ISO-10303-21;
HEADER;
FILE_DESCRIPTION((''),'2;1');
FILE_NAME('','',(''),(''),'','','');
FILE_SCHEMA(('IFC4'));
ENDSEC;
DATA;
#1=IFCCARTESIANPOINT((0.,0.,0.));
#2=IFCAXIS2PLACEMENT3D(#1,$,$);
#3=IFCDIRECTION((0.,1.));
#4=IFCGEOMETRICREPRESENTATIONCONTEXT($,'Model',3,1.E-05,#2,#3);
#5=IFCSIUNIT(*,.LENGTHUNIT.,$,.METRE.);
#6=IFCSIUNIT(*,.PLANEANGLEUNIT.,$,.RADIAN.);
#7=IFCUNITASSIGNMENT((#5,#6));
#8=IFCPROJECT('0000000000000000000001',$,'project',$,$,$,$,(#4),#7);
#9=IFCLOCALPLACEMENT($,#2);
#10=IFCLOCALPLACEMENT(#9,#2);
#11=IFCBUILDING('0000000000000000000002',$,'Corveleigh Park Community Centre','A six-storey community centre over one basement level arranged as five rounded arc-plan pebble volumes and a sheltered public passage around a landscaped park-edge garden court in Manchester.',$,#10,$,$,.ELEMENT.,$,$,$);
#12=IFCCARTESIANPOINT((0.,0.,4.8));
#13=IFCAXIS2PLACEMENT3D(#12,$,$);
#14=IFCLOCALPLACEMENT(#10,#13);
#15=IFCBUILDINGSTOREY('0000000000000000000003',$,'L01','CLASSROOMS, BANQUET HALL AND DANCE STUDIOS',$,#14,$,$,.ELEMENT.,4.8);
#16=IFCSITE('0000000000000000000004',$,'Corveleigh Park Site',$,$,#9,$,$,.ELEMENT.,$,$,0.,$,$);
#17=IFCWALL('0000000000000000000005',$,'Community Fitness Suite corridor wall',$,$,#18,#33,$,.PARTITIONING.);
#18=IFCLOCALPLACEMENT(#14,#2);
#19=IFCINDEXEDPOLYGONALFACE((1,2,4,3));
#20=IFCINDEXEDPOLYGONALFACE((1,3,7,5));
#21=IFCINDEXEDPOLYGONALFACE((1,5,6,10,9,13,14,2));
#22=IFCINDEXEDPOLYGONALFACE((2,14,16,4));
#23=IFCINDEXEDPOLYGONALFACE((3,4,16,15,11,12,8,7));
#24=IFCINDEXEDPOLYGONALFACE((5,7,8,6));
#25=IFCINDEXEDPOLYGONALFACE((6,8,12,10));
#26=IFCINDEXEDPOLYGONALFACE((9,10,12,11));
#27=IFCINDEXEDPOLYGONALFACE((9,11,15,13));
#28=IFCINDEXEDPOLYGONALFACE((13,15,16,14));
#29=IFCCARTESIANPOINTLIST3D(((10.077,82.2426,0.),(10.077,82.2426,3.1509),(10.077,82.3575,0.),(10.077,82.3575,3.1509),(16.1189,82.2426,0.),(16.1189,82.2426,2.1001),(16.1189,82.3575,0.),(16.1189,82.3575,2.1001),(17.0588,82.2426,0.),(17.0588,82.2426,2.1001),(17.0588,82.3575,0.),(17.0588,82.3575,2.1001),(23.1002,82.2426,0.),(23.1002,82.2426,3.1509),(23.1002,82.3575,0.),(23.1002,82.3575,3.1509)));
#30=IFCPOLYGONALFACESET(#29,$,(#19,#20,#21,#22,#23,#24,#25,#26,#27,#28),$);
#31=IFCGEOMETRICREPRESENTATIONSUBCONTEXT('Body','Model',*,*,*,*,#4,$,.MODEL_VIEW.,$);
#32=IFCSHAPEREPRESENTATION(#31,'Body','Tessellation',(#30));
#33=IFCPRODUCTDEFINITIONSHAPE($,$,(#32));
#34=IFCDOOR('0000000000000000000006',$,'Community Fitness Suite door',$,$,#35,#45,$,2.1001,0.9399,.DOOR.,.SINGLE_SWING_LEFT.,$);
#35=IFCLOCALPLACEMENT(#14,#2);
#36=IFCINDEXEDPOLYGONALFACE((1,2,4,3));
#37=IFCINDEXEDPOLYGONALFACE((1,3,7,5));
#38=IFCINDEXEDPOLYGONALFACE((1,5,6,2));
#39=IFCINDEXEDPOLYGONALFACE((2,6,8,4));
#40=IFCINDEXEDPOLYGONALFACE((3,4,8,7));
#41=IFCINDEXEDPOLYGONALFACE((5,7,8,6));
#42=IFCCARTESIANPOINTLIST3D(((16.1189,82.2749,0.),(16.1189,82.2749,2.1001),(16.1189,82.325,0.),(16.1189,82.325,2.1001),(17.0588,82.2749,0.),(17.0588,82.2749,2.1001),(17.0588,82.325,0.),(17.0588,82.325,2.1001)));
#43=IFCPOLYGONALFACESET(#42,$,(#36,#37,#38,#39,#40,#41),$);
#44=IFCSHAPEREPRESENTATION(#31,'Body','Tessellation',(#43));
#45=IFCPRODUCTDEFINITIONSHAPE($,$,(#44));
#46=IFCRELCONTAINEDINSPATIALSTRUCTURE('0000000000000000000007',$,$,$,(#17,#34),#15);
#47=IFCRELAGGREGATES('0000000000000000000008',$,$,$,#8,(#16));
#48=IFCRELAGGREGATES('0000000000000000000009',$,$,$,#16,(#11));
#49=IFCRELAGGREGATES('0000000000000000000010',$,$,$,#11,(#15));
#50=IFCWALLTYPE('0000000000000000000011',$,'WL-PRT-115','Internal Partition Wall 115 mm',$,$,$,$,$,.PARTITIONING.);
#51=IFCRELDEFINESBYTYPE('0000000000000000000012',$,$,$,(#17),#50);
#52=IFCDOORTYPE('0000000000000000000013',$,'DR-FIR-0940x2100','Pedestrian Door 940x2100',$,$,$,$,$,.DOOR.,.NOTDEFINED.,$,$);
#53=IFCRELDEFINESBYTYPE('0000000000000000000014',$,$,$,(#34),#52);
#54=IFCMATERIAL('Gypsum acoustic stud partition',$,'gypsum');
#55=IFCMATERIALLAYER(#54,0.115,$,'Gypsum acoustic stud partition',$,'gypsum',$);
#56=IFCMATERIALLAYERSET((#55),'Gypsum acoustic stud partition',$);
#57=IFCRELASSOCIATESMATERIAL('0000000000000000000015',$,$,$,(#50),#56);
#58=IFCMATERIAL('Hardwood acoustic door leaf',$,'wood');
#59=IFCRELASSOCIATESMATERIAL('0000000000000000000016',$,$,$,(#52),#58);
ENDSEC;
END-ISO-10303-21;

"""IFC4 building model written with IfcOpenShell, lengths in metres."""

from ifc_helpers import new_model, si_unit, direction, frame, frame_2d, origin, place, context, subcontext, project, spatial, rectangle, extrude, material, layer, layer_set, type_object, element, fill, save


model = new_model("IFC4")

# Units and contexts
model_context = context("Model", 3, precision=1e-05, world=origin(), true_north=direction((0.0, 1.0)))
body_context = subcontext(model_context, "Body", "Model", "MODEL_VIEW")
ifc_project = project(units=[si_unit("LENGTHUNIT", "METRE"), si_unit("PLANEANGLEUNIT", "RADIAN")], contexts=[model_context])

# Site, building, storey
site_placement = place(None, origin())
site = spatial("IfcSite", under=ifc_project, at=site_placement, Name="Corveleigh Park Site", CompositionType="ELEMENT", RefElevation=0.0)
building_placement = place(site_placement, origin())
building = spatial("IfcBuilding", under=site, at=building_placement, Name="Corveleigh Park Community Centre", Description="A six-storey community centre over one basement level arranged as five rounded arc-plan pebble volumes and a sheltered public passage around a landscaped park-edge garden court in Manchester.", CompositionType="ELEMENT")
storey_placement = place(building_placement, frame((0.0, 0.0, 4.8)))
storey = spatial("IfcBuildingStorey", under=building, at=storey_placement, Name="L01", Description="CLASSROOMS, BANQUET HALL AND DANCE STUDIOS", CompositionType="ELEMENT", Elevation=4.8)

# Wall, opening, door
ifc_material_1 = material(Name="Gypsum acoustic stud partition", Category="gypsum")
ifc_layer_1 = layer(ifc_material_1, 0.115, Name="Gypsum acoustic stud partition", Category="gypsum")
ifc_layer_set_1 = layer_set([ifc_layer_1], Name="Gypsum acoustic stud partition")
wall_type = type_object("IfcWallType", Name="WL-PRT-115", Description="Internal Partition Wall 115 mm", PredefinedType="PARTITIONING", material=ifc_layer_set_1)
wall_placement = place(storey_placement, frame((10.0769, 82.3, 0.0), z_axis=(0.0, 0.0, 1.0), x_axis=(1.0, 0.0, 0.0)))
wall = element("IfcWall", 1, at=wall_placement, inside=storey, type_object=wall_type, Name="Community Fitness Suite corridor wall", PredefinedType="PARTITIONING", context=body_context, shape_type="SweptSolid", body=[
    extrude(rectangle(XDim=13.0232, YDim=0.115, at=frame_2d((6.5117, 0.0))), origin(), (0.0, 0.0, 1.0), 3.1509),
])
opening_placement = place(wall_placement, frame((6.042, 0.0, 0.0)))
opening = element("IfcOpeningElement", 2, at=opening_placement, cuts=wall, PredefinedType="OPENING", context=body_context, shape_type="SweptSolid", body=[
    extrude(rectangle(XDim=0.9399, YDim=2.1001, at=frame_2d((0.47, 1.05))), frame((0.0, 0.0674, 0.0), z_axis=(0.0, -1.0, 0.0), x_axis=(1.0, 0.0, 0.0)), (0.0, 0.0, 1.0), 0.135),
])
ifc_material_2 = material(Name="Hardwood acoustic door leaf", Category="wood")
door_type = type_object("IfcDoorType", Name="DR-FIR-0940x2100", Description="Pedestrian Door 940x2100", OperationType="NOTDEFINED", PredefinedType="DOOR", material=ifc_material_2)
door_placement = place(opening_placement, origin())
door = element("IfcDoor", 3, at=door_placement, inside=storey, type_object=door_type, Name="Community Fitness Suite door", OperationType="SINGLE_SWING_LEFT", OverallHeight=2.1001, OverallWidth=0.9399, PredefinedType="DOOR", context=body_context, shape_type="SweptSolid", body=[
    extrude(rectangle(XDim=0.9399, YDim=2.1001, at=frame_2d((0.47, 1.05))), frame((0.0, 0.0249, 0.0), z_axis=(0.0, -1.0, 0.0), x_axis=(1.0, 0.0, 0.0)), (0.0, 0.0, 1.0), 0.05),
])
fill(opening, door)

save(model, "model.ifc")
